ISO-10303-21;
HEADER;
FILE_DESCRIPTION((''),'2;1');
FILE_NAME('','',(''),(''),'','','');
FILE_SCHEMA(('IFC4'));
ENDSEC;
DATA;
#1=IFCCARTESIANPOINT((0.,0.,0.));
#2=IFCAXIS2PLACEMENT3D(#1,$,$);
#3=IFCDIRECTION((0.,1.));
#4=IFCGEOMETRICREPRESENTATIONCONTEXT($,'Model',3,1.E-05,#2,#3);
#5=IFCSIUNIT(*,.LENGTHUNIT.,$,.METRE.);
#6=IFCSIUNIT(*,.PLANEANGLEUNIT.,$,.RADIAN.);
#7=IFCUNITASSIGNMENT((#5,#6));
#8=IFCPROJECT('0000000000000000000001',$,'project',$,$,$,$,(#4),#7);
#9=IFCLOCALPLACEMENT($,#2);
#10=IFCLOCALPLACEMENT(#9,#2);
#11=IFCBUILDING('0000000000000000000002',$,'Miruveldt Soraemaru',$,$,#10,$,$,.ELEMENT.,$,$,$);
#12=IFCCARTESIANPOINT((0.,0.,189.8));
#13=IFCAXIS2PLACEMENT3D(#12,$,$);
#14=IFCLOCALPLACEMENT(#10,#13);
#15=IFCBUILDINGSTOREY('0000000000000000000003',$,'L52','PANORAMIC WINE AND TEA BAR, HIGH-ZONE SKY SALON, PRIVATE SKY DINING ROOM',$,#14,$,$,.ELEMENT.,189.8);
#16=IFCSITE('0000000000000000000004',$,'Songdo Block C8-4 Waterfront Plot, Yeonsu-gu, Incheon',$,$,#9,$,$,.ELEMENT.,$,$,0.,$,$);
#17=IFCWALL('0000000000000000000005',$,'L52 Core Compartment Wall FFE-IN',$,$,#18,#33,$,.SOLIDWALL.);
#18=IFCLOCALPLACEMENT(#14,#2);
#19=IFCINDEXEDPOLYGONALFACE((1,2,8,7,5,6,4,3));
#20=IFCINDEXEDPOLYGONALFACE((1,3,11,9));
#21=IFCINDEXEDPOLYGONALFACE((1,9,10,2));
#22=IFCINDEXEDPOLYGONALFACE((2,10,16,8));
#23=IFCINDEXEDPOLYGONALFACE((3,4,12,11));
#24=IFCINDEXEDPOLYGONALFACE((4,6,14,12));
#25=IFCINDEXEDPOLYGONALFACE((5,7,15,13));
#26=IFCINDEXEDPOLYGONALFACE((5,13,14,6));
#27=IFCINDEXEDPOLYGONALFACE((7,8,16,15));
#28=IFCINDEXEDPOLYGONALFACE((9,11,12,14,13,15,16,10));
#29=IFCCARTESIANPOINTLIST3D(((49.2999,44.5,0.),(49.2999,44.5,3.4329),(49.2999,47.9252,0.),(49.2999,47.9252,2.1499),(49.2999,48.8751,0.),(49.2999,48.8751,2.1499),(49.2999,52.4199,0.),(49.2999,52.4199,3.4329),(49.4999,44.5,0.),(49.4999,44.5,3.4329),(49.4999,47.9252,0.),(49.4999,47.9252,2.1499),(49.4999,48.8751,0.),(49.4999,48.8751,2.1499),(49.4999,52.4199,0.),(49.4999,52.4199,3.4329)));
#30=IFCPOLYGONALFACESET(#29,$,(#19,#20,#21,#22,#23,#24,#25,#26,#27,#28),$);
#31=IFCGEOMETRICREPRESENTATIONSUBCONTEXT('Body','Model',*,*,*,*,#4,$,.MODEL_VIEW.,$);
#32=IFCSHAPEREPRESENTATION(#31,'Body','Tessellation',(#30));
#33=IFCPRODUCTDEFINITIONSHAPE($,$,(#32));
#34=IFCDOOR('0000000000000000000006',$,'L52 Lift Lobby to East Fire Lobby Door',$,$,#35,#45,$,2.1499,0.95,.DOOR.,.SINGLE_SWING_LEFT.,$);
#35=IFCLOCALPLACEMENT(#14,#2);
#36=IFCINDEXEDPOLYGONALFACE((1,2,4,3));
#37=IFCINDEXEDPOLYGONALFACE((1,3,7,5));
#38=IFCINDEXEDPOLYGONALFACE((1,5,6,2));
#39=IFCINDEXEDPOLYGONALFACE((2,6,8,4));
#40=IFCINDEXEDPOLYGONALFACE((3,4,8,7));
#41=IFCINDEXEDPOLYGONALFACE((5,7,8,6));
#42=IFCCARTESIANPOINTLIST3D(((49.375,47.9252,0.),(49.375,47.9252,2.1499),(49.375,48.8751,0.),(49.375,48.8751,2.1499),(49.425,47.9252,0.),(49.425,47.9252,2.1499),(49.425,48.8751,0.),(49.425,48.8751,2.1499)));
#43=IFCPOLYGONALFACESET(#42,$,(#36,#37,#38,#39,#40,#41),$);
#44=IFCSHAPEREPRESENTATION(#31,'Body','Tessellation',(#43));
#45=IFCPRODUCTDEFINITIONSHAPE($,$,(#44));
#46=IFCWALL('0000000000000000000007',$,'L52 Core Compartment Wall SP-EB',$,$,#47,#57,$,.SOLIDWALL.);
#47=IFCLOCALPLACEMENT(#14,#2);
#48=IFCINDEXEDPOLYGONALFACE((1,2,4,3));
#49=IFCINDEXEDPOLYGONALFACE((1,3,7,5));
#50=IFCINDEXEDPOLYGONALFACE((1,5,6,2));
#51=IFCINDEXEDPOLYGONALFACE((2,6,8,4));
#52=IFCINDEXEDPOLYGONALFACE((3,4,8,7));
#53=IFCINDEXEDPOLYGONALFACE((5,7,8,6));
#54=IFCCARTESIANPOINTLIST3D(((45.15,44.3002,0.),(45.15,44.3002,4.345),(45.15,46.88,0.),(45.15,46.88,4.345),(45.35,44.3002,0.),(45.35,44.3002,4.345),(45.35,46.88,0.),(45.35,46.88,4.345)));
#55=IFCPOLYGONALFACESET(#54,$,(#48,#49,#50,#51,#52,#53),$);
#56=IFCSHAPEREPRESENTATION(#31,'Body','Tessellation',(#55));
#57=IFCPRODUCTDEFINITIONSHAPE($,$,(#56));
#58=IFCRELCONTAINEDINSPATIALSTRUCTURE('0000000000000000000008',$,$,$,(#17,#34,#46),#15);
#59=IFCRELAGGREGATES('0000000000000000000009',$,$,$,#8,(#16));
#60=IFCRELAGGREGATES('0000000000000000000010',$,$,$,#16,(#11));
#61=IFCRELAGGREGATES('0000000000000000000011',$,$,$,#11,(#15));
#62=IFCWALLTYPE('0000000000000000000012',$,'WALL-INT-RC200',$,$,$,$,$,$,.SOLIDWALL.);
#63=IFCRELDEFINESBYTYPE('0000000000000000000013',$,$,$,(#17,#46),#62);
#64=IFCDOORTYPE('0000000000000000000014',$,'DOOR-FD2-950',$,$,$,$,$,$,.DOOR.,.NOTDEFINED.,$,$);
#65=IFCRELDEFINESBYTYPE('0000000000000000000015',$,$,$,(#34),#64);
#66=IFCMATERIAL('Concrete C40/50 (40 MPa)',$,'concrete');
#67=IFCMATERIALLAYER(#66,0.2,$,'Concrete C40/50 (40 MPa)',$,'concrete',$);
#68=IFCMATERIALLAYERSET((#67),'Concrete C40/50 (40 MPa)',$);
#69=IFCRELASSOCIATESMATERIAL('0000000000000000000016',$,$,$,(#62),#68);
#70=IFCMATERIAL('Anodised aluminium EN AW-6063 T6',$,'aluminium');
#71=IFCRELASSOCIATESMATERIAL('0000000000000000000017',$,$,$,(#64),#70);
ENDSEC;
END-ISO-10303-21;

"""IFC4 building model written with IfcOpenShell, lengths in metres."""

from ifc_helpers import new_model, si_unit, direction, frame, frame_2d, origin, place, context, subcontext, project, spatial, rectangle, extrude, material, layer, layer_set, type_object, element, fill, save


model = new_model("IFC4")

# Units and contexts
model_context = context("Model", 3, precision=1e-05, world=origin(), true_north=direction((0.0, 1.0)))
body_context = subcontext(model_context, "Body", "Model", "MODEL_VIEW")
ifc_project = project(units=[si_unit("LENGTHUNIT", "METRE"), si_unit("PLANEANGLEUNIT", "RADIAN")], contexts=[model_context])

# Site, building, storey
site_placement = place(None, origin())
site = spatial("IfcSite", under=ifc_project, at=site_placement, Name="Songdo Block C8-4 Waterfront Plot, Yeonsu-gu, Incheon", CompositionType="ELEMENT", RefElevation=0.0)
building_placement = place(site_placement, origin())
building = spatial("IfcBuilding", under=site, at=building_placement, Name="Miruveldt Soraemaru", CompositionType="ELEMENT")
storey_placement = place(building_placement, frame((0.0, 0.0, 189.8)))
storey = spatial("IfcBuildingStorey", under=building, at=storey_placement, Name="L52", Description="PANORAMIC WINE AND TEA BAR, HIGH-ZONE SKY SALON, PRIVATE SKY DINING ROOM", CompositionType="ELEMENT", Elevation=189.8)

# Shared definitions
ifc_material_1 = material(Name="Anodised aluminium EN AW-6063 T6", Category="aluminium")

# Shared definitions
ifc_material_2 = material(Name="Concrete C40/50 (40 MPa)", Category="concrete")

# Wall, opening, door
ifc_layer_1 = layer(ifc_material_2, 0.2, Name="Concrete C40/50 (40 MPa)", Category="concrete")
ifc_layer_set_1 = layer_set([ifc_layer_1], Name="Concrete C40/50 (40 MPa)")
wall_type_1 = type_object("IfcWallType", Name="WALL-INT-RC200", PredefinedType="SOLIDWALL", material=ifc_layer_set_1)
wall_1_placement = place(storey_placement, frame((49.3999, 44.5, 0.0), z_axis=(0.0, 0.0, 1.0), x_axis=(0.0, 1.0, 0.0)))
wall_1 = element("IfcWall", 1, at=wall_1_placement, inside=storey, type_object=wall_type_1, Name="L52 Core Compartment Wall FFE-IN", PredefinedType="SOLIDWALL", context=body_context, shape_type="SweptSolid", body=[
    extrude(rectangle(XDim=7.9199, YDim=0.2, at=frame_2d((3.96, 0.0))), origin(), (0.0, 0.0, 1.0), 3.4329),
])
opening_1_placement = place(wall_1_placement, frame((3.425, 0.0, 0.0)))
opening_1 = element("IfcOpeningElement", 2, at=opening_1_placement, cuts=wall_1, PredefinedType="OPENING", context=body_context, shape_type="SweptSolid", body=[
    extrude(rectangle(XDim=0.95, YDim=2.1499, at=frame_2d((0.4751, 1.075))), frame((0.0, 0.1099, 0.0), z_axis=(0.0, -1.0, 0.0), x_axis=(1.0, 0.0, 0.0)), (0.0, 0.0, 1.0), 0.22),
])
door_type_1 = type_object("IfcDoorType", Name="DOOR-FD2-950", OperationType="NOTDEFINED", PredefinedType="DOOR", material=ifc_material_1)
door_1_placement = place(opening_1_placement, origin())
door_1 = element("IfcDoor", 3, at=door_1_placement, inside=storey, type_object=door_type_1, Name="L52 Lift Lobby to East Fire Lobby Door", OperationType="SINGLE_SWING_LEFT", OverallHeight=2.1499, OverallWidth=0.95, PredefinedType="DOOR", context=body_context, shape_type="SweptSolid", body=[
    extrude(rectangle(XDim=0.95, YDim=2.1499, at=frame_2d((0.4751, 1.075))), frame((0.0, 0.0249, 0.0), z_axis=(0.0, -1.0, 0.0), x_axis=(1.0, 0.0, 0.0)), (0.0, 0.0, 1.0), 0.05),
])
fill(opening_1, door_1)

# Wall
wall_2_placement = place(storey_placement, frame((45.25, 44.3, 0.0), z_axis=(0.0, 0.0, 1.0), x_axis=(0.0, 1.0, 0.0)))
element("IfcWall", 4, at=wall_2_placement, inside=storey, type_object=wall_type_1, Name="L52 Core Compartment Wall SP-EB", PredefinedType="SOLIDWALL", context=body_context, shape_type="SweptSolid", body=[
    extrude(rectangle(XDim=2.5798, YDim=0.2, at=frame_2d((1.29, 0.0))), origin(), (0.0, 0.0, 1.0), 4.345),
])

save(model, "model.ifc")
